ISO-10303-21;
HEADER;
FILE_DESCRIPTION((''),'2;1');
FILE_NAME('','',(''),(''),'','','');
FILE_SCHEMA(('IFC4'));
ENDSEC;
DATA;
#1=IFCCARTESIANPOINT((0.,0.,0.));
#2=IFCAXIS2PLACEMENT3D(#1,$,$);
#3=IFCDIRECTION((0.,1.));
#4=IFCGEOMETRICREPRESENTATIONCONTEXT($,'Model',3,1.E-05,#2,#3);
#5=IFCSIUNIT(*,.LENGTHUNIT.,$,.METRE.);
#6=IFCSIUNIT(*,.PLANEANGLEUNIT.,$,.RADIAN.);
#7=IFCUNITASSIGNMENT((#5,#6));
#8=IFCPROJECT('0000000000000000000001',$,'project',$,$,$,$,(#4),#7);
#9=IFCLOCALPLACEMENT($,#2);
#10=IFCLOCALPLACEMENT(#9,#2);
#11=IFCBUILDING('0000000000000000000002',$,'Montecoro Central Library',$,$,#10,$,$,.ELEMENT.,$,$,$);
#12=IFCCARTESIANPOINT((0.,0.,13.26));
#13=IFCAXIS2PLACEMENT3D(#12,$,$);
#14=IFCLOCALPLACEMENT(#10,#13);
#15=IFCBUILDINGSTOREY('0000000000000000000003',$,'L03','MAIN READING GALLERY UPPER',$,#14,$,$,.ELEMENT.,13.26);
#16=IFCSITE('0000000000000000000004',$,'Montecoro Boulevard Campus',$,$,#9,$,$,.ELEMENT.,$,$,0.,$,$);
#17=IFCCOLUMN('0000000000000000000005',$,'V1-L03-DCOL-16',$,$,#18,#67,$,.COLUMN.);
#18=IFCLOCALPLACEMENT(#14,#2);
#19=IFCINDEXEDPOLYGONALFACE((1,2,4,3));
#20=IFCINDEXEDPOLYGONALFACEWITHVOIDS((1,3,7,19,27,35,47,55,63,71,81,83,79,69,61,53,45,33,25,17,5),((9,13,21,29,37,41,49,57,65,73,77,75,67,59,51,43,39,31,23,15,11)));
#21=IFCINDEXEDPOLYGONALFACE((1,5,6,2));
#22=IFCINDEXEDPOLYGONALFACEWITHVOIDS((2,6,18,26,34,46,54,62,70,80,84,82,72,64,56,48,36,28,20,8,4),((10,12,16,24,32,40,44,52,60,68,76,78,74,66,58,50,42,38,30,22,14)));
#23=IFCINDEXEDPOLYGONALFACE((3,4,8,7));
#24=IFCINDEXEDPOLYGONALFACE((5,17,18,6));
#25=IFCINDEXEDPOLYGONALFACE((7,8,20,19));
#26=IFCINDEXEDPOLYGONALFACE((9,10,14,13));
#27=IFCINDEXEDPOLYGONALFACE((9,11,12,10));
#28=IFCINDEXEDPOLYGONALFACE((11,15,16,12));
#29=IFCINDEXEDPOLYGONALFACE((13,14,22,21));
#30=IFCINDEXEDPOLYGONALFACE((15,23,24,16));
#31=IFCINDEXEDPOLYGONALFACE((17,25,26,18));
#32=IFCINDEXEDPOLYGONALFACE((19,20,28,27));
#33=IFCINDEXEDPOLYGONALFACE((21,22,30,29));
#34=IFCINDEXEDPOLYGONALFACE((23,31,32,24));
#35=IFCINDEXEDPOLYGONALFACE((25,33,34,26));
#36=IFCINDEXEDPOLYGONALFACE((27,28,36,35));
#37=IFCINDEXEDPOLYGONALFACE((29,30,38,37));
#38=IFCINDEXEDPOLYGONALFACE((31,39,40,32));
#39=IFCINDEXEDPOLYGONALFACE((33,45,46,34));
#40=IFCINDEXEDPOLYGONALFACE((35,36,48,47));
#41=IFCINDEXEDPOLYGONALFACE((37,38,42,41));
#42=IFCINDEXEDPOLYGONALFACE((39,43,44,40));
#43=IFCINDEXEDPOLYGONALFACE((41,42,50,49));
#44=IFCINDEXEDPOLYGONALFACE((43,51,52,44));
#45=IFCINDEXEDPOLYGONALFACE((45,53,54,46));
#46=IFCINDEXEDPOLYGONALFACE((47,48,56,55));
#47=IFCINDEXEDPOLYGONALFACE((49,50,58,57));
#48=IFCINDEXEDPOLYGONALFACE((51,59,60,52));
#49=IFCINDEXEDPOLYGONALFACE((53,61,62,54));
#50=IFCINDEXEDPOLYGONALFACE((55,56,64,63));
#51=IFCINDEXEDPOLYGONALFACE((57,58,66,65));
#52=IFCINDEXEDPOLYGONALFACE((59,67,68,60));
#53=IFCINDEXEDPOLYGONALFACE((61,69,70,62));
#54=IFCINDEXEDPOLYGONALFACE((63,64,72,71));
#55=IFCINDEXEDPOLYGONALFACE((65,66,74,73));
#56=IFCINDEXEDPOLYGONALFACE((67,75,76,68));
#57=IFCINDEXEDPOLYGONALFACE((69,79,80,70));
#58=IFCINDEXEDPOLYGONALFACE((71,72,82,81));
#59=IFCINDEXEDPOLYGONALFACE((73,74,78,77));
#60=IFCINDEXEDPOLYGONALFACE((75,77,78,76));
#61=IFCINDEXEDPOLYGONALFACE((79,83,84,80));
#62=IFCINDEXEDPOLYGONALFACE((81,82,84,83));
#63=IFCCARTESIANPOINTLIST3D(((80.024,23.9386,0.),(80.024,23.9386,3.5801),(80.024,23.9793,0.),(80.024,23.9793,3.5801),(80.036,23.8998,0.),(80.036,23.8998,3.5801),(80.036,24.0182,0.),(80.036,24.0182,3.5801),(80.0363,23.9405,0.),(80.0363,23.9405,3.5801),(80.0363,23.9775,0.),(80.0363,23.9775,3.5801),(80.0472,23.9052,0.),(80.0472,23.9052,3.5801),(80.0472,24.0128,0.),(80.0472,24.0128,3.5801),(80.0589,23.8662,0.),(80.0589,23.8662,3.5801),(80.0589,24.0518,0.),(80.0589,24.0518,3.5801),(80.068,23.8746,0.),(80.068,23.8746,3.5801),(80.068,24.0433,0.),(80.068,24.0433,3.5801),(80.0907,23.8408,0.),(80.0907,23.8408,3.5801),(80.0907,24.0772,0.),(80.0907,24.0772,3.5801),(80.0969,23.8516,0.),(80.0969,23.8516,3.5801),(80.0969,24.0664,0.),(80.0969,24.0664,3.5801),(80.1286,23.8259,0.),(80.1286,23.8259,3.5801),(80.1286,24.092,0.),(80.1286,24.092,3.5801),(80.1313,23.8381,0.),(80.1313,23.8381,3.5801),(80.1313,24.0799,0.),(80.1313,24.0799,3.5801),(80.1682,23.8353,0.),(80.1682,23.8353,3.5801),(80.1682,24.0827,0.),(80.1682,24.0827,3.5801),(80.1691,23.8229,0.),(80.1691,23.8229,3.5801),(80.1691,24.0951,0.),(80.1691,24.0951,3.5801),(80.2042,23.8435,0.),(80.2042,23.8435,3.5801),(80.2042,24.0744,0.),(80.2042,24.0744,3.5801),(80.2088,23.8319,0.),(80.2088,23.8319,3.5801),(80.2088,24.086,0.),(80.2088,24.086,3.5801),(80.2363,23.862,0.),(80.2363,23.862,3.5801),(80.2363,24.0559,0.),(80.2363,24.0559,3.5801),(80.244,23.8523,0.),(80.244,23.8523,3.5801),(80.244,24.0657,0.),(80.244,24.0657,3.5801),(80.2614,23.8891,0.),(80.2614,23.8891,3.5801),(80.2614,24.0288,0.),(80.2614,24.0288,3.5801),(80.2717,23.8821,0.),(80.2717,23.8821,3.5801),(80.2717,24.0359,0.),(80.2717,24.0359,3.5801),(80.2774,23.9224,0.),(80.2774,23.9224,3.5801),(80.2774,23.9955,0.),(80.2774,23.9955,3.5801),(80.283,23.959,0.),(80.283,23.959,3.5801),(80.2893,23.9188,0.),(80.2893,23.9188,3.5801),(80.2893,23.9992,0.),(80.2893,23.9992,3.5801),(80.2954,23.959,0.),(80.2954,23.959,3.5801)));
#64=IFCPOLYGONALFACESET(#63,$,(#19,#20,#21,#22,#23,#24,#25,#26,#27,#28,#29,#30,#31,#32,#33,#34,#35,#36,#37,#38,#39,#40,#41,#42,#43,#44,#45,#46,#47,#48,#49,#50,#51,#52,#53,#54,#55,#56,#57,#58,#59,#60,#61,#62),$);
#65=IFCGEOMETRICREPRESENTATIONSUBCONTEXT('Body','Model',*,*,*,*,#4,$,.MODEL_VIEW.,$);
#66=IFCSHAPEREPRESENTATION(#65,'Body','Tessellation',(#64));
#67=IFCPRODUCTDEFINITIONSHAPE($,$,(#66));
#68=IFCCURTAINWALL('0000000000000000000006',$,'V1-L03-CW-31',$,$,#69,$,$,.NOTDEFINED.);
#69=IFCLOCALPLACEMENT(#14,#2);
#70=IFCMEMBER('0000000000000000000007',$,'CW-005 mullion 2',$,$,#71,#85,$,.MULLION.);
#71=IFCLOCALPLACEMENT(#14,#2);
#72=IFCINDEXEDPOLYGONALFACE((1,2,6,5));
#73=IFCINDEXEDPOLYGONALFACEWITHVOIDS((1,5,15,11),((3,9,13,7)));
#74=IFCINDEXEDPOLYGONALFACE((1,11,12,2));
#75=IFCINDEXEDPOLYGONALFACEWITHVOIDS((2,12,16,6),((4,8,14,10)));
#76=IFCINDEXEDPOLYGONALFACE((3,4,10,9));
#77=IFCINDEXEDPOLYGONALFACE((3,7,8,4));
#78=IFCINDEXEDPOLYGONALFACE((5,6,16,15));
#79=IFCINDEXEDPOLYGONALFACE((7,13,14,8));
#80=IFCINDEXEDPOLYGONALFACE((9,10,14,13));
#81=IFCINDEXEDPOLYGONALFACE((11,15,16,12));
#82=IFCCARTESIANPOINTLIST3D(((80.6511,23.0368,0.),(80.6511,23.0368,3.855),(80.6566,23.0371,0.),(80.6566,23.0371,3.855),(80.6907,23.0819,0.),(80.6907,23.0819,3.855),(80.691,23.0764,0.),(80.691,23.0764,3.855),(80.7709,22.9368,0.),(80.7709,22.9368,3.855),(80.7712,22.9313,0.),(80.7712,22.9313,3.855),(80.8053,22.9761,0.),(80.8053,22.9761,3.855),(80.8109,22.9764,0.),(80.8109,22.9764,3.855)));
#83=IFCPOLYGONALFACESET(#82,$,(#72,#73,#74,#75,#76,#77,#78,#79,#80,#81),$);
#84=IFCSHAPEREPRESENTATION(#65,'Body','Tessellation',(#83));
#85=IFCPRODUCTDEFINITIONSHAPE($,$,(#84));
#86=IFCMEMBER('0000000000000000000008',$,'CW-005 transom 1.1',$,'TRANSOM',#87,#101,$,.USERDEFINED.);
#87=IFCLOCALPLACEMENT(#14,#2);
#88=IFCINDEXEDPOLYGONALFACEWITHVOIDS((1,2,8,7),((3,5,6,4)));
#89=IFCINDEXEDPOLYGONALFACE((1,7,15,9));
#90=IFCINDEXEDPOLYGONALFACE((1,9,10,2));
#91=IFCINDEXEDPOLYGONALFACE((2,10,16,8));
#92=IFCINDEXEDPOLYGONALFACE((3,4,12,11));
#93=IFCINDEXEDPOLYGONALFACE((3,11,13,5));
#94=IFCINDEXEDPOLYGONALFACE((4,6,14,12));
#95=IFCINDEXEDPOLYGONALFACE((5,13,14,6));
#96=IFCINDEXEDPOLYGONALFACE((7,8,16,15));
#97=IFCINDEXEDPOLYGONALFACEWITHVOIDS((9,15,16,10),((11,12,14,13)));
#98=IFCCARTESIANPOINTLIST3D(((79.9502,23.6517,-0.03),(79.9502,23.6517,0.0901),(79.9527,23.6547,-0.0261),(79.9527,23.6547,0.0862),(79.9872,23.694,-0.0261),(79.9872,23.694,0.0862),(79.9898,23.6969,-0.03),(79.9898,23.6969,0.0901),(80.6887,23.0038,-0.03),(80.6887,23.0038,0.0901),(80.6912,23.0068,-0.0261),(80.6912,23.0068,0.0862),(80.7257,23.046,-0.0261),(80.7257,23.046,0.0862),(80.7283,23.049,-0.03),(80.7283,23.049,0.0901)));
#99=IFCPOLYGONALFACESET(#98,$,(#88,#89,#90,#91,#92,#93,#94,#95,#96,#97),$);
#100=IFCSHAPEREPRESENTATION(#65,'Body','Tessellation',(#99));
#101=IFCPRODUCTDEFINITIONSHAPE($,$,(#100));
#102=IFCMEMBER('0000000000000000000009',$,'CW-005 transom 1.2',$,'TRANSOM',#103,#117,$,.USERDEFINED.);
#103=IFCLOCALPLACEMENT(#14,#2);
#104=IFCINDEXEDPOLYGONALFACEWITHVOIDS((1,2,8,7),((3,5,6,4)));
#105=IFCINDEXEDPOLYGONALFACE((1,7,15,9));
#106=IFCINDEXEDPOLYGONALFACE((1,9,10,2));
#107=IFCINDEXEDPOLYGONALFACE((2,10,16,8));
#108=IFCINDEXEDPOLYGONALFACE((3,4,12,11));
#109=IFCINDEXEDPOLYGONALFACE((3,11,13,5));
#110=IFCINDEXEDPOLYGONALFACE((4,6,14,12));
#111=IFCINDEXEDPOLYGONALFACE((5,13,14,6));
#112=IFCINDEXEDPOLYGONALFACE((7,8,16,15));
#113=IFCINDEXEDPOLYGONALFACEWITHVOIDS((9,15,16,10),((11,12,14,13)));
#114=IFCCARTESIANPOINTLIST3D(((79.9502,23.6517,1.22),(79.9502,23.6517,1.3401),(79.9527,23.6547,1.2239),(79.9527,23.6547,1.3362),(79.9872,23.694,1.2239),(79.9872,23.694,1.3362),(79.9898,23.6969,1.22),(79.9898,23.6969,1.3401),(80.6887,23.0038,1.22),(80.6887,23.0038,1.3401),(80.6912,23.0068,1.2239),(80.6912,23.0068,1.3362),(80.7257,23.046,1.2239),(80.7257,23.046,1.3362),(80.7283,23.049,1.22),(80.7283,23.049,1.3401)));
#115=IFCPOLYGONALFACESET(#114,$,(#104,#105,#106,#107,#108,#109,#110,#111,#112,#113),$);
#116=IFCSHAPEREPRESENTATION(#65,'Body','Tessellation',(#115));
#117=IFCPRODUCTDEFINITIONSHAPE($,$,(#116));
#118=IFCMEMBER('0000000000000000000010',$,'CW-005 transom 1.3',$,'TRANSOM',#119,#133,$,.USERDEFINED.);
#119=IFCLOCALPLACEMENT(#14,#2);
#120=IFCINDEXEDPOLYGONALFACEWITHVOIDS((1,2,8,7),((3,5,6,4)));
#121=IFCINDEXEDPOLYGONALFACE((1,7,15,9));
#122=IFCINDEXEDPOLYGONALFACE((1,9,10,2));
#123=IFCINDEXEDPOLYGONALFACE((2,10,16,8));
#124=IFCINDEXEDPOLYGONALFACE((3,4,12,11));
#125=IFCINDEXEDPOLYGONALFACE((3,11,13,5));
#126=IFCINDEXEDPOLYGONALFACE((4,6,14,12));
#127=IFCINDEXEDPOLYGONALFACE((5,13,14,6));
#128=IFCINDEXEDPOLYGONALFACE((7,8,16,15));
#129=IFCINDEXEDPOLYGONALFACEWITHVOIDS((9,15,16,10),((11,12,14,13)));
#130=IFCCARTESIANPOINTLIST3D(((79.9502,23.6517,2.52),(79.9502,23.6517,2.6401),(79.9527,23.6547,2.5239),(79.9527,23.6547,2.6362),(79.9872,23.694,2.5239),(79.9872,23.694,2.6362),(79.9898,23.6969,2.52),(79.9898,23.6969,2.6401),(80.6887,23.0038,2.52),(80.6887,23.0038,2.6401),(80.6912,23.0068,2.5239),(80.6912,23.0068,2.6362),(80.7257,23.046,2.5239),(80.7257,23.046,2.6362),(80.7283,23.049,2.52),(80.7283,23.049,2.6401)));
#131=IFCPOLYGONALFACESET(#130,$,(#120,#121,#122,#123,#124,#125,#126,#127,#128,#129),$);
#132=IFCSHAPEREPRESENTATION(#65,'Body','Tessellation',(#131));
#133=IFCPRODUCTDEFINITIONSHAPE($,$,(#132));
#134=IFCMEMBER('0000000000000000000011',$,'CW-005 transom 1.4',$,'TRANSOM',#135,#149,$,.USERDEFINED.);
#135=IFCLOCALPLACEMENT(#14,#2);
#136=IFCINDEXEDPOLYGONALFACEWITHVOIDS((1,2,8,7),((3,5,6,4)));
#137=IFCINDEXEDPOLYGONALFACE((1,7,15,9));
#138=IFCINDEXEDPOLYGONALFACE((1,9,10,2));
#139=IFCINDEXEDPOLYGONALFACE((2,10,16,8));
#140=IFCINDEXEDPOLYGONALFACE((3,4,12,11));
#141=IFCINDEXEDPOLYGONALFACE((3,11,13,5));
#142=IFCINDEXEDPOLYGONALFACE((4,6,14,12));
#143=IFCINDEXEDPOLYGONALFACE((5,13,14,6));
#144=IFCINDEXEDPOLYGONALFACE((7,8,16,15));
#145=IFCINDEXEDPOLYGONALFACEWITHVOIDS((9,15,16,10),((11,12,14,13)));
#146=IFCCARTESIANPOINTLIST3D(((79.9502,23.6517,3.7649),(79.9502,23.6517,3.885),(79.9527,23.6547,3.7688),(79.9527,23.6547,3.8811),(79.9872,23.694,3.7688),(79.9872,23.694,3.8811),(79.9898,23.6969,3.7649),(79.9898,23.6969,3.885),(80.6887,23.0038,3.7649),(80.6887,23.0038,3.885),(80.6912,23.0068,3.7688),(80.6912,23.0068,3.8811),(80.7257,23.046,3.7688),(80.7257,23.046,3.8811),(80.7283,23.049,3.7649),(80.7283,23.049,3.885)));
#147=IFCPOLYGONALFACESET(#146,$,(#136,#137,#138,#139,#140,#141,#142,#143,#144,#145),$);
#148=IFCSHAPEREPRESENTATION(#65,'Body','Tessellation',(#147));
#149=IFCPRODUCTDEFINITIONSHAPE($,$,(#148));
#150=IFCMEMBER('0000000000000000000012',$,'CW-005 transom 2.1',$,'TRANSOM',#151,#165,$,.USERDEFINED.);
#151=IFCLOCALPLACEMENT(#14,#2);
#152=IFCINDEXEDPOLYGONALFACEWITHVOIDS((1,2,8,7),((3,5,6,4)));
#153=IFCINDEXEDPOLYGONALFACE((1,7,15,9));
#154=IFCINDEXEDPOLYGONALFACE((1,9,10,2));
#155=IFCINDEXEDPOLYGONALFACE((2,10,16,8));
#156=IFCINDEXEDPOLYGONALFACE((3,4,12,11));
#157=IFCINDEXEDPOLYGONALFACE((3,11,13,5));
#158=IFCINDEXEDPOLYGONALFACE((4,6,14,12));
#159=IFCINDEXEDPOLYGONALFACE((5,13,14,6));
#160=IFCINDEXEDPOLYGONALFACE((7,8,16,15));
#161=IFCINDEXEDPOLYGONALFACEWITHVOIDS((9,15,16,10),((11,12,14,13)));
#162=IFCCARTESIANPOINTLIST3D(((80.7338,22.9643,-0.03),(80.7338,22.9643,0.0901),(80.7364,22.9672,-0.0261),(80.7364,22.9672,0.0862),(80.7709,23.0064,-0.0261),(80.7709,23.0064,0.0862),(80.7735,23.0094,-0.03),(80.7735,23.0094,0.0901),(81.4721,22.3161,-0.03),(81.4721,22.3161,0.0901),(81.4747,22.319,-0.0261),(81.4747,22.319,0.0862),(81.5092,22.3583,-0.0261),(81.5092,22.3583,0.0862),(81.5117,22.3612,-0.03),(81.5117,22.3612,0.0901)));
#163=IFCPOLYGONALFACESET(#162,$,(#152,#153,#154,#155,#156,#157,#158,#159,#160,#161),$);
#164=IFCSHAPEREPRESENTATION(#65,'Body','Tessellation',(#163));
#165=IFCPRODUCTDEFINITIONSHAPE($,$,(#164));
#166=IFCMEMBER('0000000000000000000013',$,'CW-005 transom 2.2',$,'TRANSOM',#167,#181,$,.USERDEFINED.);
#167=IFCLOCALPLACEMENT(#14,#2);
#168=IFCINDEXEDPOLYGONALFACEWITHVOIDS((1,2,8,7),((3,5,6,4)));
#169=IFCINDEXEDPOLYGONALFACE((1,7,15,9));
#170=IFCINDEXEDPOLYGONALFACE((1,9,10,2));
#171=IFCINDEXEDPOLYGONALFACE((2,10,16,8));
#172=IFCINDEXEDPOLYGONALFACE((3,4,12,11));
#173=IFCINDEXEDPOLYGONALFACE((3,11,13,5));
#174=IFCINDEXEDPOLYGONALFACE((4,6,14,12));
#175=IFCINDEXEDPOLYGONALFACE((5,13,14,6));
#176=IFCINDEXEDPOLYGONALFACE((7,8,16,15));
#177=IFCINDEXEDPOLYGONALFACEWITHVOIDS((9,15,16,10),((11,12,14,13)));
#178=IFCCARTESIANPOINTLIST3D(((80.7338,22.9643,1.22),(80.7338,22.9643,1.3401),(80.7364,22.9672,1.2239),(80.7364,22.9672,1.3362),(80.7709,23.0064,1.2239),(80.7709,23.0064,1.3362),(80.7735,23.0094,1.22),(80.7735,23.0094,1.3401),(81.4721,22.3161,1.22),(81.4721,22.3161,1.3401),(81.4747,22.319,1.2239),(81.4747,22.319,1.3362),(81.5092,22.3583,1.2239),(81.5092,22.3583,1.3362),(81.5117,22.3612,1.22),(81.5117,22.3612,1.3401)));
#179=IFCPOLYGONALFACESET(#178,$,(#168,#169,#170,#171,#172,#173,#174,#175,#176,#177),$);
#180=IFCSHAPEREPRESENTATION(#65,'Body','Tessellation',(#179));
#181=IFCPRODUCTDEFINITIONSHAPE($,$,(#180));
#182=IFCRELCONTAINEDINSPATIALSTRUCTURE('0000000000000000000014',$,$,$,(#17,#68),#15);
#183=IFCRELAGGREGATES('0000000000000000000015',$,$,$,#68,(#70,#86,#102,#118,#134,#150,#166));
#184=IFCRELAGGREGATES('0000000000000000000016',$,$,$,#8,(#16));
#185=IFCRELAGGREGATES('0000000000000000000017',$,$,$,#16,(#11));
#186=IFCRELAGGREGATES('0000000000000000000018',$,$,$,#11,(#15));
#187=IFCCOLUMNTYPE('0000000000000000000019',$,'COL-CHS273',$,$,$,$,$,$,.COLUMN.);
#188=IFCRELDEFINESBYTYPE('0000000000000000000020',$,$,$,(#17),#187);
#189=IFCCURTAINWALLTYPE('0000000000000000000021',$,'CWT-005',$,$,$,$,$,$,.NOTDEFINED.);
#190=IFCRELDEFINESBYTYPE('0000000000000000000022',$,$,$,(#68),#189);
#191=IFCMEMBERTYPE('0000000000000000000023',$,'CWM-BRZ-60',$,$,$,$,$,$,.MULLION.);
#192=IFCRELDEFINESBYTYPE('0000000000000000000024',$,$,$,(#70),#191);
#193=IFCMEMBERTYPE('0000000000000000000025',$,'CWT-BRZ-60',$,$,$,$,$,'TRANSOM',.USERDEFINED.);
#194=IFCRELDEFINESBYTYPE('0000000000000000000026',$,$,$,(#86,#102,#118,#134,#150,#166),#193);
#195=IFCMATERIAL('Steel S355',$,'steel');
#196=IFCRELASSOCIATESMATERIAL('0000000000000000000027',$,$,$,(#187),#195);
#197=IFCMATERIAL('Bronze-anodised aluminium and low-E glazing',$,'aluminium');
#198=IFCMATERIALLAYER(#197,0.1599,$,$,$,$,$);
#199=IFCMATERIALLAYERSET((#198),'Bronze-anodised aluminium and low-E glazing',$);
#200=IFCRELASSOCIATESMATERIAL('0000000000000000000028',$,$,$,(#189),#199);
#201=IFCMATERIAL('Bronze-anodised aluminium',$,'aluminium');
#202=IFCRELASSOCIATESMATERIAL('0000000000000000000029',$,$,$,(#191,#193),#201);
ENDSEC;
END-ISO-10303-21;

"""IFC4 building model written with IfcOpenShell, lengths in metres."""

from ifc_helpers import new_model, si_unit, direction, frame, origin, origin_2d, place, context, subcontext, project, spatial, hollow_rectangle, hollow_circle, extrude, material, layer, layer_set, material_profile, profile_set, type_object, element, aggregate, save


model = new_model("IFC4")

# Units and contexts
model_context = context("Model", 3, precision=1e-05, world=origin(), true_north=direction((0.0, 1.0)))
body_context = subcontext(model_context, "Body", "Model", "MODEL_VIEW")
ifc_project = project(units=[si_unit("LENGTHUNIT", "METRE"), si_unit("PLANEANGLEUNIT", "RADIAN")], contexts=[model_context])

# Site, building, storey
site_placement = place(None, origin())
site = spatial("IfcSite", under=ifc_project, at=site_placement, Name="Montecoro Boulevard Campus", CompositionType="ELEMENT", RefElevation=0.0)
building_placement = place(site_placement, origin())
building = spatial("IfcBuilding", under=site, at=building_placement, Name="Montecoro Central Library", CompositionType="ELEMENT")
storey_placement = place(building_placement, frame((0.0, 0.0, 13.26)))
storey = spatial("IfcBuildingStorey", under=building, at=storey_placement, Name="L03", Description="MAIN READING GALLERY UPPER", CompositionType="ELEMENT", Elevation=13.26)

# Column
ifc_material_1 = material(Name="Steel S355", Category="steel")
ifc_material_profile_1 = material_profile(ifc_material_1, hollow_circle(Radius=0.1365, WallThickness=0.0125, at=origin_2d()), Name="CHS 273.0x12.5")
ifc_profile_set_1 = profile_set([ifc_material_profile_1], Name="Steel S355")
column_type = type_object("IfcColumnType", Name="COL-CHS273", PredefinedType="COLUMN", material=ifc_profile_set_1)
column_placement = place(storey_placement, frame((80.1589, 23.959, 0.0), z_axis=(0.0, 0.0, 1.0), x_axis=(1.0, 0.0, 0.0)))
element("IfcColumn", 1, at=column_placement, inside=storey, type_object=column_type, Name="V1-L03-DCOL-16", PredefinedType="COLUMN", context=body_context, shape_type="SweptSolid", body=[
    extrude(hollow_circle(Radius=0.1365, WallThickness=0.0125, at=origin_2d()), origin(), (0.0, 0.0, 1.0), 3.5801),
])

# Curtain wall, members
ifc_material_2 = material(Name="Bronze-anodised aluminium and low-E glazing", Category="aluminium")
ifc_layer_1 = layer(ifc_material_2, 0.1599)
ifc_layer_set_1 = layer_set([ifc_layer_1], Name="Bronze-anodised aluminium and low-E glazing")
curtain_wall_type = type_object("IfcCurtainWallType", Name="CWT-005", PredefinedType="NOTDEFINED", material=ifc_layer_set_1)
curtain_wall_placement = place(storey_placement, origin())
curtain_wall = element("IfcCurtainWall", 2, at=curtain_wall_placement, inside=storey, type_object=curtain_wall_type, Name="V1-L03-CW-31", PredefinedType="NOTDEFINED")
ifc_material_3 = material(Name="Bronze-anodised aluminium", Category="aluminium")
ifc_material_profile_2 = material_profile(ifc_material_3, hollow_rectangle(XDim=0.0601, YDim=0.1599, WallThickness=0.0039, at=origin_2d()), Name="CWM 160x60x4.0")
ifc_profile_set_2 = profile_set([ifc_material_profile_2], Name="Bronze-anodised aluminium")
member_type_1 = type_object("IfcMemberType", Name="CWM-BRZ-60", PredefinedType="MULLION", material=ifc_profile_set_2)
member_1_placement = place(storey_placement, frame((80.731, 23.0066, 0.0), z_axis=(0.0, 0.0, 1.0), x_axis=(0.659692, 0.751536, 0.0)))
member_1 = element("IfcMember", 3, at=member_1_placement, type_object=member_type_1, Name="CW-005 mullion 2", PredefinedType="MULLION", context=body_context, shape_type="SweptSolid", body=[
    extrude(hollow_rectangle(XDim=0.0601, YDim=0.1599, WallThickness=0.0039, at=origin_2d()), origin(), (0.0, 0.0, 1.0), 3.855),
])
ifc_material_profile_3 = material_profile(ifc_material_3, hollow_rectangle(XDim=0.0601, YDim=0.1201, WallThickness=0.0039, at=origin_2d()), Name="CWT 120x60x4.0")
ifc_profile_set_3 = profile_set([ifc_material_profile_3], Name="Bronze-anodised aluminium")
member_type_2 = type_object("IfcMemberType", Name="CWT-BRZ-60", ElementType="TRANSOM", PredefinedType="USERDEFINED", material=ifc_profile_set_3)
member_2_placement = place(storey_placement, frame((79.97, 23.6743, 0.03), z_axis=(0.751699, -0.659507, 0.0), x_axis=(0.659507, 0.751699, 0.0)))
member_2 = element("IfcMember", 4, at=member_2_placement, type_object=member_type_2, Name="CW-005 transom 1.1", ObjectType="TRANSOM", PredefinedType="USERDEFINED", context=body_context, shape_type="SweptSolid", body=[
    extrude(hollow_rectangle(XDim=0.0601, YDim=0.1201, WallThickness=0.0039, at=origin_2d()), origin(), (0.0, 0.0, 1.0), 0.9824),
])
member_3_placement = place(storey_placement, frame((79.97, 23.6743, 1.28), z_axis=(0.751699, -0.659507, 0.0), x_axis=(0.659507, 0.751699, 0.0)))
member_3 = element("IfcMember", 5, at=member_3_placement, type_object=member_type_2, Name="CW-005 transom 1.2", ObjectType="TRANSOM", PredefinedType="USERDEFINED", context=body_context, shape_type="SweptSolid", body=[
    extrude(hollow_rectangle(XDim=0.0601, YDim=0.1201, WallThickness=0.0039, at=origin_2d()), origin(), (0.0, 0.0, 1.0), 0.9824),
])
member_4_placement = place(storey_placement, frame((79.97, 23.6743, 2.5801), z_axis=(0.751699, -0.659507, 0.0), x_axis=(0.659507, 0.751699, 0.0)))
member_4 = element("IfcMember", 6, at=member_4_placement, type_object=member_type_2, Name="CW-005 transom 1.3", ObjectType="TRANSOM", PredefinedType="USERDEFINED", context=body_context, shape_type="SweptSolid", body=[
    extrude(hollow_rectangle(XDim=0.0601, YDim=0.1201, WallThickness=0.0039, at=origin_2d()), origin(), (0.0, 0.0, 1.0), 0.9824),
])
member_5_placement = place(storey_placement, frame((79.97, 23.6743, 3.825), z_axis=(0.751699, -0.659507, 0.0), x_axis=(0.659507, 0.751699, 0.0)))
member_5 = element("IfcMember", 7, at=member_5_placement, type_object=member_type_2, Name="CW-005 transom 1.4", ObjectType="TRANSOM", PredefinedType="USERDEFINED", context=body_context, shape_type="SweptSolid", body=[
    extrude(hollow_rectangle(XDim=0.0601, YDim=0.1201, WallThickness=0.0039, at=origin_2d()), origin(), (0.0, 0.0, 1.0), 0.9824),
])
member_6_placement = place(storey_placement, frame((80.7537, 22.9868, 0.03), z_axis=(0.751467, -0.65977, 0.0), x_axis=(0.65977, 0.751467, 0.0)))
member_6 = element("IfcMember", 8, at=member_6_placement, type_object=member_type_2, Name="CW-005 transom 2.1", ObjectType="TRANSOM", PredefinedType="USERDEFINED", context=body_context, shape_type="SweptSolid", body=[
    extrude(hollow_rectangle(XDim=0.0601, YDim=0.1201, WallThickness=0.0039, at=origin_2d()), origin(), (0.0, 0.0, 1.0), 0.9824),
])
member_7_placement = place(storey_placement, frame((80.7537, 22.9868, 1.28), z_axis=(0.751467, -0.65977, 0.0), x_axis=(0.65977, 0.751467, 0.0)))
member_7 = element("IfcMember", 9, at=member_7_placement, type_object=member_type_2, Name="CW-005 transom 2.2", ObjectType="TRANSOM", PredefinedType="USERDEFINED", context=body_context, shape_type="SweptSolid", body=[
    extrude(hollow_rectangle(XDim=0.0601, YDim=0.1201, WallThickness=0.0039, at=origin_2d()), origin(), (0.0, 0.0, 1.0), 0.9824),
])
aggregate(curtain_wall, [member_1, member_2, member_3, member_4, member_5, member_6, member_7])

save(model, "model.ifc")
